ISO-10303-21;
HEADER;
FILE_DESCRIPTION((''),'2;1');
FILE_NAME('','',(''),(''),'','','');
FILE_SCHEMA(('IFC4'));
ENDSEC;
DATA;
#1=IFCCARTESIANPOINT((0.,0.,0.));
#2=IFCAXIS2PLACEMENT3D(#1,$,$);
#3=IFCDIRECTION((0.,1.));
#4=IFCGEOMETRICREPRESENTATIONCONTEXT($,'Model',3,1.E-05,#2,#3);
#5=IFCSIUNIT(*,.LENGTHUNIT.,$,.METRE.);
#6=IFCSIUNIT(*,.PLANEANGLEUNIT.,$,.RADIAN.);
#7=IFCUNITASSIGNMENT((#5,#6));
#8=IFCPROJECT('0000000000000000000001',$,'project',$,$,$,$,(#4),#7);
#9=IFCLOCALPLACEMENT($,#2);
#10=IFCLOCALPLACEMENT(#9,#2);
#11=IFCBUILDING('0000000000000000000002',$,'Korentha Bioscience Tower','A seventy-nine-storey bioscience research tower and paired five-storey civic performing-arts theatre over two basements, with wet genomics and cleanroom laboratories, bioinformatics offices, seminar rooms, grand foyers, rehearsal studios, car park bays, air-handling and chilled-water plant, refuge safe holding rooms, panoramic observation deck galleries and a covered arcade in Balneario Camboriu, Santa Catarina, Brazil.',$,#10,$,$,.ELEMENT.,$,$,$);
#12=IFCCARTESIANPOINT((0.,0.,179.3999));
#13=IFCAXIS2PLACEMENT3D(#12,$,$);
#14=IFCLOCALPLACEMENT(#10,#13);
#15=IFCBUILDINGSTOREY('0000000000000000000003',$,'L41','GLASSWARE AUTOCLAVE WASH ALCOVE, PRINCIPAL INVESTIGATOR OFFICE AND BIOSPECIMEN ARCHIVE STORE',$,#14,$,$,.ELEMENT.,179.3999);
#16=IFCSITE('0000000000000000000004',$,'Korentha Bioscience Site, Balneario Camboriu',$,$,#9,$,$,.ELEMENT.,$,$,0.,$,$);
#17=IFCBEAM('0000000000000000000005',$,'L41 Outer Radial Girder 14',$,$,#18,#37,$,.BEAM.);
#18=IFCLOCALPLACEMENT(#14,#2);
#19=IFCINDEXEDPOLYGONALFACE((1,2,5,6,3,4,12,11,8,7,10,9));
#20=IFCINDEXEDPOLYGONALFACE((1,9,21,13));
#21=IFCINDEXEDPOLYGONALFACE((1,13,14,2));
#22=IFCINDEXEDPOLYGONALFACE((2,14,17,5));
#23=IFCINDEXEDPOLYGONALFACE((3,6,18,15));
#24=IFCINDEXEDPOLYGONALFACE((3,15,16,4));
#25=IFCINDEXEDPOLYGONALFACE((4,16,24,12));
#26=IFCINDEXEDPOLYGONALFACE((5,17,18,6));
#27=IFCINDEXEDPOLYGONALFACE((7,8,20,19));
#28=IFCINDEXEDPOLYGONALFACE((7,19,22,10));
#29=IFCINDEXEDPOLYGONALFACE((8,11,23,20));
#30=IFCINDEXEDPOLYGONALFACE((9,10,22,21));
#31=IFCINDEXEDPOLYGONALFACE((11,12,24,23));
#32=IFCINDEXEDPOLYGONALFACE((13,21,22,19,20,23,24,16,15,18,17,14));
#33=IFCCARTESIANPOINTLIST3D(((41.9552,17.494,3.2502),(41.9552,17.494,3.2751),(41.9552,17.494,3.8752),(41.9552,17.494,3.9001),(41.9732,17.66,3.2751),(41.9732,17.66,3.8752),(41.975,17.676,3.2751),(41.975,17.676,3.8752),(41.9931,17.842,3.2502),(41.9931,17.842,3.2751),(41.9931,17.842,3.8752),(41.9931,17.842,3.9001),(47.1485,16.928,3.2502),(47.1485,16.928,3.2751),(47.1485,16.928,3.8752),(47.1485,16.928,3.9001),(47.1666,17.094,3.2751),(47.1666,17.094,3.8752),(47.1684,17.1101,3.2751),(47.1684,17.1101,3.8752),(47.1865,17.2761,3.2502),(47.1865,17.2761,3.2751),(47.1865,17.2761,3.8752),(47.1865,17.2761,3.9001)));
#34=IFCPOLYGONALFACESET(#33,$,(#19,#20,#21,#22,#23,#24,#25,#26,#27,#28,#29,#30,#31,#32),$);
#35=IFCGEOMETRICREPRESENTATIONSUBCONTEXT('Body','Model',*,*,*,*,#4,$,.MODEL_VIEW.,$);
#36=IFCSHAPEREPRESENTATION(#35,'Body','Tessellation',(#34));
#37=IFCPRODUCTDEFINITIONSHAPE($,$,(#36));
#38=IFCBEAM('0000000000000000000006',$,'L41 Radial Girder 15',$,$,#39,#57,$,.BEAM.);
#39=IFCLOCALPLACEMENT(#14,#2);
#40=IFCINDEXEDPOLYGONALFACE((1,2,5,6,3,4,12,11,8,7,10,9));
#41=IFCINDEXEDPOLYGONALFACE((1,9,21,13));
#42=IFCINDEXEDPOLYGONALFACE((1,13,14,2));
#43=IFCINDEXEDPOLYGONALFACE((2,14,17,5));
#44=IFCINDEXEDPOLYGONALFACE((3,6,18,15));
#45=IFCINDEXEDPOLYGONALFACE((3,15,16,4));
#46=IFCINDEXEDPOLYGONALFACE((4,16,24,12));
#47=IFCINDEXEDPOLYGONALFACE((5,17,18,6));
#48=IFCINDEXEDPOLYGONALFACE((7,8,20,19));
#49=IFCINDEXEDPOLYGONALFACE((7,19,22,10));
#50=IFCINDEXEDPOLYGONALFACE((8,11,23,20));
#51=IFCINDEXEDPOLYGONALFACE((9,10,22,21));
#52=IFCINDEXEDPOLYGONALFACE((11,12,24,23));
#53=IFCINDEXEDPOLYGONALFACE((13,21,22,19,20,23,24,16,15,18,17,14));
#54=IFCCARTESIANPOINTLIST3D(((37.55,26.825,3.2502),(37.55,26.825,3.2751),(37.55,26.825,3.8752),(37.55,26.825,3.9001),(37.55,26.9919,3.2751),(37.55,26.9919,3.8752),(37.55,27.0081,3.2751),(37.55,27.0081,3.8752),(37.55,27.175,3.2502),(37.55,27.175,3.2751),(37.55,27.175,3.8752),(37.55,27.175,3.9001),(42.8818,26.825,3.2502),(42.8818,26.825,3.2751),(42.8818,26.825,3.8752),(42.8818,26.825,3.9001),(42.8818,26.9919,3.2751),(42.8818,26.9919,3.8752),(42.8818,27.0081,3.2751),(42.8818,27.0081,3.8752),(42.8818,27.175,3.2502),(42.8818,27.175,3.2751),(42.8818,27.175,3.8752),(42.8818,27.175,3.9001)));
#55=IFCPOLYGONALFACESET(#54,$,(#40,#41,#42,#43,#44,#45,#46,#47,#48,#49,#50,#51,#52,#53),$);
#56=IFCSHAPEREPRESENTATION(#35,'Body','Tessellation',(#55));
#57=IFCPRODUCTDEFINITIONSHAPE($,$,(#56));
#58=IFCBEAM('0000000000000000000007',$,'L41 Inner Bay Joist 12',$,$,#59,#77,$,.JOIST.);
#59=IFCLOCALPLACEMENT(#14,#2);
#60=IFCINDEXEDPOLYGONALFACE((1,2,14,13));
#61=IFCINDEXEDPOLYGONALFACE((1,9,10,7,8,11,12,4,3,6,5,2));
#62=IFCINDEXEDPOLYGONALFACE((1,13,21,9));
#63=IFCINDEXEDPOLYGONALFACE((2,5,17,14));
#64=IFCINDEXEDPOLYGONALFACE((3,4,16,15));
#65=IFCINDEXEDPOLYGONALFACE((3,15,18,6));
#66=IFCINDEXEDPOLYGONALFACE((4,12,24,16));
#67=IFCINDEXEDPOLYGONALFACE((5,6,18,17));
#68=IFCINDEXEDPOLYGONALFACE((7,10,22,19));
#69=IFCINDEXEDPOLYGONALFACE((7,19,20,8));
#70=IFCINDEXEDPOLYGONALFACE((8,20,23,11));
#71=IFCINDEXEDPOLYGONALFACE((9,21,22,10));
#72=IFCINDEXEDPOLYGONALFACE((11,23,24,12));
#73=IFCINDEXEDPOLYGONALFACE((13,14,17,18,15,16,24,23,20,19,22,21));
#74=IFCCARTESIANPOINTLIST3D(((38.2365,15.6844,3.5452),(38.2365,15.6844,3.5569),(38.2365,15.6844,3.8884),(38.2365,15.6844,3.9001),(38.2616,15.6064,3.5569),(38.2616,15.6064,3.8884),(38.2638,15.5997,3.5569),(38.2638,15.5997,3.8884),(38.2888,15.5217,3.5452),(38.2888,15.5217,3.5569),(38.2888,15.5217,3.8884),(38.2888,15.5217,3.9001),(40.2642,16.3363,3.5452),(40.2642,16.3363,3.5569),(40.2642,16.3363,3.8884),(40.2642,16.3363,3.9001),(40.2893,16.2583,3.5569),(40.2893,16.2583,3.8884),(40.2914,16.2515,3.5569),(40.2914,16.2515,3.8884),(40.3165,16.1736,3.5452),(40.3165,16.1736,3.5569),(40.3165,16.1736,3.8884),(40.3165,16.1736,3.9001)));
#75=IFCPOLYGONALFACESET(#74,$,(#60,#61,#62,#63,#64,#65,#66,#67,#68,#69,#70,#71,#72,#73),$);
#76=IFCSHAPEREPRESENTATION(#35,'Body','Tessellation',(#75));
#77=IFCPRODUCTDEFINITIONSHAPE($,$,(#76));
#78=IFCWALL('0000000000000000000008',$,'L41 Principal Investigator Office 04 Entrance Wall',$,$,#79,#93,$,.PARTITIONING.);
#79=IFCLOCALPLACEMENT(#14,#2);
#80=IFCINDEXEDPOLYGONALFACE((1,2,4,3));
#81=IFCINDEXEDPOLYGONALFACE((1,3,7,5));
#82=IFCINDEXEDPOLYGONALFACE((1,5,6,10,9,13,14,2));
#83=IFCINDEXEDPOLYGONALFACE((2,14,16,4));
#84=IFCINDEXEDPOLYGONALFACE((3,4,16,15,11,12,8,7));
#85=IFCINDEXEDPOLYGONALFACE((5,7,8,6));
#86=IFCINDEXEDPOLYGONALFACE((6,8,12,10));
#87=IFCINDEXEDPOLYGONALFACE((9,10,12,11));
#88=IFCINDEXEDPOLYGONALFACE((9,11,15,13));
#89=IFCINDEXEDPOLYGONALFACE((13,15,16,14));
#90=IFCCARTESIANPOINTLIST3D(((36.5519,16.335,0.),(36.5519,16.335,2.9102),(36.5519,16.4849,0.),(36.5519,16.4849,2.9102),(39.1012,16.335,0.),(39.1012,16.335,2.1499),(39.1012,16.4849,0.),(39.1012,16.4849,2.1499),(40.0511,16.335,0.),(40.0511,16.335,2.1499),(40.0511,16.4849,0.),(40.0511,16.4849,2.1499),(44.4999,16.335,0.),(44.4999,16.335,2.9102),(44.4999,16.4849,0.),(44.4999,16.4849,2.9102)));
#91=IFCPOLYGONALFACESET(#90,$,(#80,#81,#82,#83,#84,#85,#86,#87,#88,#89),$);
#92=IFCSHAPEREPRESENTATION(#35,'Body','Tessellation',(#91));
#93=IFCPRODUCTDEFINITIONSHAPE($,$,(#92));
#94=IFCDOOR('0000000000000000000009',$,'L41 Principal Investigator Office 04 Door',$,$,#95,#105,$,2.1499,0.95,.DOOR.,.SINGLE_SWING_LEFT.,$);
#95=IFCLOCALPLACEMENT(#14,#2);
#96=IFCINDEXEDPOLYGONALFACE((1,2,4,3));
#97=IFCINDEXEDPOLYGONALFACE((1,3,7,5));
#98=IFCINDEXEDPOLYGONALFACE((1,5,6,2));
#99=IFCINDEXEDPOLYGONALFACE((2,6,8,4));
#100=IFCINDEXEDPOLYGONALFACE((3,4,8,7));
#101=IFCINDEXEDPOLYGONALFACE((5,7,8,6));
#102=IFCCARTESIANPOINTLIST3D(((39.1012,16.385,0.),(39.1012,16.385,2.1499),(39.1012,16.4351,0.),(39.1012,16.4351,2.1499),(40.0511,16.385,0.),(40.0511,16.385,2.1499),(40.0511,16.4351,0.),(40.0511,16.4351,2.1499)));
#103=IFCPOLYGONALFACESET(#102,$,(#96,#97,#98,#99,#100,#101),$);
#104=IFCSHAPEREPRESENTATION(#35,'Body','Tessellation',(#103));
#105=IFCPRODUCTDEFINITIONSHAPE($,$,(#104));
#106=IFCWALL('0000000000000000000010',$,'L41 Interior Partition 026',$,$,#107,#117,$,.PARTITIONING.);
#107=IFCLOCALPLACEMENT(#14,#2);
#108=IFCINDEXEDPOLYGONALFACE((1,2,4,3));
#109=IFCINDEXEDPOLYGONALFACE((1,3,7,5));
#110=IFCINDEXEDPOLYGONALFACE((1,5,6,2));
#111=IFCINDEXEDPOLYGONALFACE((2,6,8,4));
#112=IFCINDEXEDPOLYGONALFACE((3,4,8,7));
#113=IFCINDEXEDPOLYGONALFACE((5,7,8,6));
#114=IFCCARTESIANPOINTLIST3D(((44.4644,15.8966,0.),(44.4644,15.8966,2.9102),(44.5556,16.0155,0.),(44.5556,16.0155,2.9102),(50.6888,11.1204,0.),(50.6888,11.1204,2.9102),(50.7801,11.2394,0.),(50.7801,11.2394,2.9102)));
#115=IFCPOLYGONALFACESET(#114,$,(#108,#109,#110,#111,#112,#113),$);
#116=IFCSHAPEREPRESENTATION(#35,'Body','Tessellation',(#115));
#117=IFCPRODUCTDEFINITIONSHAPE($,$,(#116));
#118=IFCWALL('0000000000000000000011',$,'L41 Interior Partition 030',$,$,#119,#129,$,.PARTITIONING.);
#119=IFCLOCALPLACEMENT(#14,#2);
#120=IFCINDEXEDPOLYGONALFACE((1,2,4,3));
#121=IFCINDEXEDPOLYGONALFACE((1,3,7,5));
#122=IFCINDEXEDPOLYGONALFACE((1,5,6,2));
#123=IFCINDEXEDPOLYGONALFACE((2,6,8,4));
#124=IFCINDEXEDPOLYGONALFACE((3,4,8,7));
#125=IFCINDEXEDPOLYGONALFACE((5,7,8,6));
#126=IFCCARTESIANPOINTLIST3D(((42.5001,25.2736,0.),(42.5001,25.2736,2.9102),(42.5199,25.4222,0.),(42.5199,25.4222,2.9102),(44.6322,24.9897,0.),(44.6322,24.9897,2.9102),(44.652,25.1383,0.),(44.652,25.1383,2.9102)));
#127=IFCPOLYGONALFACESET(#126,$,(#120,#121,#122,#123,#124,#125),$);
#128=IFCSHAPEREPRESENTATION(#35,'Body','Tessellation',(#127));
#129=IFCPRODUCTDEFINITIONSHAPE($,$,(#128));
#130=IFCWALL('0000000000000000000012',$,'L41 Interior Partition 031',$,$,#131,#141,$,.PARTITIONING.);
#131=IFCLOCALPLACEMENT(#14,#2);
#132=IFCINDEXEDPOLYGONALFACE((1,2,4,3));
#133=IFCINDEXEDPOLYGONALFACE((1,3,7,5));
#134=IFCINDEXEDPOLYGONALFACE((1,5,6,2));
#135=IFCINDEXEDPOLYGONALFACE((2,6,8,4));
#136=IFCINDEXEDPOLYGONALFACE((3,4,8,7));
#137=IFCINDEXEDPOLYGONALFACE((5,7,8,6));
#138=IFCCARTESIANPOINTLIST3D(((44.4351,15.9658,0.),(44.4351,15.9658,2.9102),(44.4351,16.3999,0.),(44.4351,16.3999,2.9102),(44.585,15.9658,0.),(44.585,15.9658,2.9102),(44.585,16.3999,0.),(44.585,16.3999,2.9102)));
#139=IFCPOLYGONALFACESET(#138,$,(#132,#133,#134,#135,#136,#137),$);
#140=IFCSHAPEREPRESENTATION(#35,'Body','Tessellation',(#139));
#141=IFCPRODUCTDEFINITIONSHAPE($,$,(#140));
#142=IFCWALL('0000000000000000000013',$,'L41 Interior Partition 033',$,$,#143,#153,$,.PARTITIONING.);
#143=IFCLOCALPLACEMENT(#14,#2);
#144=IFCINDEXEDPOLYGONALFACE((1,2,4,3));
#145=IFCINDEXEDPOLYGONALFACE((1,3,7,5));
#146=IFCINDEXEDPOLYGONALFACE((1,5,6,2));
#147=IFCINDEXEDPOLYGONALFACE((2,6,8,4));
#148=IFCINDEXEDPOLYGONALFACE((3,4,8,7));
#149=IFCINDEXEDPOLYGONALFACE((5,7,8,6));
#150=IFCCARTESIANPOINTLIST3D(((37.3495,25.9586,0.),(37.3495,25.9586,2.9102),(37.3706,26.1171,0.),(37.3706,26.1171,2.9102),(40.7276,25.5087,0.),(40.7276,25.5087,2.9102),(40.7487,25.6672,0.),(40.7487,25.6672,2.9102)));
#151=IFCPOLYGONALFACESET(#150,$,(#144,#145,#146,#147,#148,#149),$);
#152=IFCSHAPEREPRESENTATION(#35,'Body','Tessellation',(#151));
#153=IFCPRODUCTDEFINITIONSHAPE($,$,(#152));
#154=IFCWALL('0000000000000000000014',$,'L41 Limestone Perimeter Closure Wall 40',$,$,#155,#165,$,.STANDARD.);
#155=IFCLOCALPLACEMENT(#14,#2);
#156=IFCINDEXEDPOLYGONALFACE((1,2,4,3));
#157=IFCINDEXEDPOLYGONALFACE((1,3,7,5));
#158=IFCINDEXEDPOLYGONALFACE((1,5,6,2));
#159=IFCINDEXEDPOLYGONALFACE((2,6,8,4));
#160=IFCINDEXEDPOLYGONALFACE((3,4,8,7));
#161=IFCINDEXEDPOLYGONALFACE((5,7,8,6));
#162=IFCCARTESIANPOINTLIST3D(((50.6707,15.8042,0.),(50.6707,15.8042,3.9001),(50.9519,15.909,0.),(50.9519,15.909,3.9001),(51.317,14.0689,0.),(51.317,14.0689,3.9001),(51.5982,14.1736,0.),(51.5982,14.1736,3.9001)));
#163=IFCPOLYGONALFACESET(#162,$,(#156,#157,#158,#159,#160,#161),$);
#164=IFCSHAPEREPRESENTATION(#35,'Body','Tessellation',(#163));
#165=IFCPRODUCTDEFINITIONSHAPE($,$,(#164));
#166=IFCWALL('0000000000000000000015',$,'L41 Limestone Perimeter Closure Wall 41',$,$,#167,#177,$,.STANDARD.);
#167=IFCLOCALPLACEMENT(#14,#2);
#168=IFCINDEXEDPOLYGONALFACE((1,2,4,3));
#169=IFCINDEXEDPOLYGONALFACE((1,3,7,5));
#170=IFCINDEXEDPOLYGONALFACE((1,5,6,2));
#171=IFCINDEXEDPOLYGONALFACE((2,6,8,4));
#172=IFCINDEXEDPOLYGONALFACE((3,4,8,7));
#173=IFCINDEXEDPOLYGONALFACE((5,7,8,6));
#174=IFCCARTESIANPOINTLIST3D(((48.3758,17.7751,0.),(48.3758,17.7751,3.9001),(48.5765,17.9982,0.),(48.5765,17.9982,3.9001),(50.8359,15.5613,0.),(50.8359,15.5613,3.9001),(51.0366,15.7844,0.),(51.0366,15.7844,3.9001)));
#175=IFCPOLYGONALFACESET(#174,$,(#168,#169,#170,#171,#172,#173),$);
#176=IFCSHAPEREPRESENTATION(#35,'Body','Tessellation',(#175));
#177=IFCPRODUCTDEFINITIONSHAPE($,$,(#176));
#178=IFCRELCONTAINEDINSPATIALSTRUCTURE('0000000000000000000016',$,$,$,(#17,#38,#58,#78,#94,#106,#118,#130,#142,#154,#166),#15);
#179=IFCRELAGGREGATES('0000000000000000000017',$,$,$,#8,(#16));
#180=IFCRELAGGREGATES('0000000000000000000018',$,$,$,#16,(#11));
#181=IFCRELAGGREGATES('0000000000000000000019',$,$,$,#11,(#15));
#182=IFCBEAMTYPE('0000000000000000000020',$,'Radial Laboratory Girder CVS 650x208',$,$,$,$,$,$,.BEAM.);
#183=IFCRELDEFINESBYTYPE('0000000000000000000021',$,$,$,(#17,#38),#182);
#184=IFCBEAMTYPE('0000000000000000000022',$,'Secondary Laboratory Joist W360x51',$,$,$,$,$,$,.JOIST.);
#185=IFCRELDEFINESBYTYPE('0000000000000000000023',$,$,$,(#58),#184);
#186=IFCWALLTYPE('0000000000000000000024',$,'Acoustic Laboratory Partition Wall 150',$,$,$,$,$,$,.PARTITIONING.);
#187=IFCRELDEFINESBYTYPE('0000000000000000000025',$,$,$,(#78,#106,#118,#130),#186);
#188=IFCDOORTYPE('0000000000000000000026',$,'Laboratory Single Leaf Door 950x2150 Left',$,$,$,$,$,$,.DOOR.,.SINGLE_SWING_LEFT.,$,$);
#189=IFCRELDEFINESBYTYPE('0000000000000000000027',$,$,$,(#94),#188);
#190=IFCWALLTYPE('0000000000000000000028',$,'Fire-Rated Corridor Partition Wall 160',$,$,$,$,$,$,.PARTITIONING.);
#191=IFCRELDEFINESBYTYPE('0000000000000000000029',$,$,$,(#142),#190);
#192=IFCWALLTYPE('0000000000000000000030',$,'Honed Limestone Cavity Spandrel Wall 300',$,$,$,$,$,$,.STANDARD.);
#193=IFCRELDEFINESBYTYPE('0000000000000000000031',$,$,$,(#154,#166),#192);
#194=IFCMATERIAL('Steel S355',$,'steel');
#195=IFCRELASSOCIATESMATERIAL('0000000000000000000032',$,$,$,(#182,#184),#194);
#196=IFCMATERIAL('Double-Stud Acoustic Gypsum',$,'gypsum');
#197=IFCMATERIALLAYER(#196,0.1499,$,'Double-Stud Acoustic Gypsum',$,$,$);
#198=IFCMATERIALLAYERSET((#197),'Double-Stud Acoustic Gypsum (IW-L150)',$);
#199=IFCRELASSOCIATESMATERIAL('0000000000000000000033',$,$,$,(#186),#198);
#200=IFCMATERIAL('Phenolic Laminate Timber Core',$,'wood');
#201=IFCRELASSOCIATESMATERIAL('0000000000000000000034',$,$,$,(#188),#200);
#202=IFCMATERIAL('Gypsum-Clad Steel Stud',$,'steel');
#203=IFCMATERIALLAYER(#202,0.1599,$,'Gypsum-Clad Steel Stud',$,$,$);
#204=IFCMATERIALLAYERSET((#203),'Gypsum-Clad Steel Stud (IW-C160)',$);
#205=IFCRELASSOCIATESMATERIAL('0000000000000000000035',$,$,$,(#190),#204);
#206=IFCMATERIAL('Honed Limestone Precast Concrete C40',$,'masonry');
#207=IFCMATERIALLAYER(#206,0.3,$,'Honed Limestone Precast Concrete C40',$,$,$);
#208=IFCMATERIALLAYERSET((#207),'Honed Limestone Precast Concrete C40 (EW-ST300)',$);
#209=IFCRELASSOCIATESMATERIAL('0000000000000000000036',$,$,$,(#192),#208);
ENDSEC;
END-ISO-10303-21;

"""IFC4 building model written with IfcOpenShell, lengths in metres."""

from ifc_helpers import new_model, si_unit, direction, frame, frame_2d, origin, origin_2d, place, context, subcontext, project, spatial, rectangle, i_section, extrude, material, layer, layer_set, material_profile, profile_set, type_object, element, fill, save


model = new_model("IFC4")

# Units and contexts
model_context = context("Model", 3, precision=1e-05, world=origin(), true_north=direction((0.0, 1.0)))
body_context = subcontext(model_context, "Body", "Model", "MODEL_VIEW")
ifc_project = project(units=[si_unit("LENGTHUNIT", "METRE"), si_unit("PLANEANGLEUNIT", "RADIAN")], contexts=[model_context])

# Site, building, storey
site_placement = place(None, origin())
site = spatial("IfcSite", under=ifc_project, at=site_placement, Name="Korentha Bioscience Site, Balneario Camboriu", CompositionType="ELEMENT", RefElevation=0.0)
building_placement = place(site_placement, origin())
building = spatial("IfcBuilding", under=site, at=building_placement, Name="Korentha Bioscience Tower", Description="A seventy-nine-storey bioscience research tower and paired five-storey civic performing-arts theatre over two basements, with wet genomics and cleanroom laboratories, bioinformatics offices, seminar rooms, grand foyers, rehearsal studios, car park bays, air-handling and chilled-water plant, refuge safe holding rooms, panoramic observation deck galleries and a covered arcade in Balneario Camboriu, Santa Catarina, Brazil.", CompositionType="ELEMENT")
storey_placement = place(building_placement, frame((0.0, 0.0, 179.3999)))
storey = spatial("IfcBuildingStorey", under=building, at=storey_placement, Name="L41", Description="GLASSWARE AUTOCLAVE WASH ALCOVE, PRINCIPAL INVESTIGATOR OFFICE AND BIOSPECIMEN ARCHIVE STORE", CompositionType="ELEMENT", Elevation=179.3999)

# Beams
ifc_material_1 = material(Name="Steel S355", Category="steel")
ifc_material_profile_1 = material_profile(ifc_material_1, i_section(OverallWidth=0.3501, OverallDepth=0.6499, WebThickness=0.0161, FlangeThickness=0.0249, at=origin_2d()), Name="Steel S355")
ifc_profile_set_1 = profile_set([ifc_material_profile_1], Name="Steel S355 (RB-650)")
beam_type_1 = type_object("IfcBeamType", Name="Radial Laboratory Girder CVS 650x208", PredefinedType="BEAM", material=ifc_profile_set_1)
beam_1_placement = place(storey_placement, frame((41.9741, 17.668, 3.5752), z_axis=(0.994115, -0.108328, 0.0), x_axis=(0.108328, 0.994115, 0.0)))
element("IfcBeam", 1, at=beam_1_placement, inside=storey, type_object=beam_type_1, Name="L41 Outer Radial Girder 14", PredefinedType="BEAM", context=body_context, shape_type="SweptSolid", body=[
    extrude(i_section(OverallWidth=0.3501, OverallDepth=0.6499, WebThickness=0.0161, FlangeThickness=0.0249, at=origin_2d()), origin(), (0.0, 0.0, 1.0), 5.2241),
])
beam_2_placement = place(storey_placement, frame((37.55, 27.0, 3.5752), z_axis=(1.0, 0.0, 0.0), x_axis=(0.0, 1.0, 0.0)))
element("IfcBeam", 2, at=beam_2_placement, inside=storey, type_object=beam_type_1, Name="L41 Radial Girder 15", PredefinedType="BEAM", context=body_context, shape_type="SweptSolid", body=[
    extrude(i_section(OverallWidth=0.3501, OverallDepth=0.6499, WebThickness=0.0161, FlangeThickness=0.0249, at=origin_2d()), origin(), (0.0, 0.0, 1.0), 5.3318),
])
ifc_material_profile_2 = material_profile(ifc_material_1, i_section(OverallWidth=0.1709, OverallDepth=0.355, WebThickness=0.0071, FlangeThickness=0.0117, at=origin_2d()), Name="Steel S355")
ifc_profile_set_2 = profile_set([ifc_material_profile_2], Name="Steel S355 (JB-360)")
beam_type_2 = type_object("IfcBeamType", Name="Secondary Laboratory Joist W360x51", PredefinedType="JOIST", material=ifc_profile_set_2)
beam_3_placement = place(storey_placement, frame((38.2627, 15.603, 3.7227), z_axis=(0.952011, 0.306065, 0.0), x_axis=(-0.306065, 0.952011, 0.0)))
element("IfcBeam", 3, at=beam_3_placement, inside=storey, type_object=beam_type_2, Name="L41 Inner Bay Joist 12", PredefinedType="JOIST", context=body_context, shape_type="SweptSolid", body=[
    extrude(i_section(OverallWidth=0.1709, OverallDepth=0.355, WebThickness=0.0071, FlangeThickness=0.0117, at=origin_2d()), origin(), (0.0, 0.0, 1.0), 2.1299),
])

# Wall, opening, door
ifc_material_2 = material(Name="Double-Stud Acoustic Gypsum", Category="gypsum")
ifc_layer_1 = layer(ifc_material_2, 0.1499, Name="Double-Stud Acoustic Gypsum")
ifc_layer_set_1 = layer_set([ifc_layer_1], Name="Double-Stud Acoustic Gypsum (IW-L150)")
wall_type_1 = type_object("IfcWallType", Name="Acoustic Laboratory Partition Wall 150", PredefinedType="PARTITIONING", material=ifc_layer_set_1)
wall_1_placement = place(storey_placement, frame((44.5, 16.4099, 0.0), z_axis=(0.0, 0.0, 1.0), x_axis=(-1.0, 0.0, 0.0)))
wall_1 = element("IfcWall", 4, at=wall_1_placement, inside=storey, type_object=wall_type_1, Name="L41 Principal Investigator Office 04 Entrance Wall", PredefinedType="PARTITIONING", context=body_context, shape_type="SweptSolid", body=[
    extrude(rectangle(XDim=7.948, YDim=0.1499, at=frame_2d((3.9741, 0.0))), origin(), (0.0, 0.0, 1.0), 2.9102),
])
opening_placement = place(wall_1_placement, frame((4.4487, 0.0, 0.0)))
opening = element("IfcOpeningElement", 5, at=opening_placement, cuts=wall_1, PredefinedType="OPENING", context=body_context, shape_type="SweptSolid", body=[
    extrude(rectangle(XDim=0.95, YDim=2.1499, at=frame_2d((0.4751, 1.075))), frame((0.0, 0.0898, 0.0), z_axis=(0.0, -1.0, 0.0), x_axis=(1.0, 0.0, 0.0)), (0.0, 0.0, 1.0), 0.1797),
])
ifc_material_3 = material(Name="Phenolic Laminate Timber Core", Category="wood")
door_type = type_object("IfcDoorType", Name="Laboratory Single Leaf Door 950x2150 Left", OperationType="SINGLE_SWING_LEFT", PredefinedType="DOOR", material=ifc_material_3)
door_placement = place(opening_placement, origin())
door = element("IfcDoor", 6, at=door_placement, inside=storey, type_object=door_type, Name="L41 Principal Investigator Office 04 Door", OperationType="SINGLE_SWING_LEFT", OverallHeight=2.1499, OverallWidth=0.95, PredefinedType="DOOR", context=body_context, shape_type="SweptSolid", body=[
    extrude(rectangle(XDim=0.95, YDim=2.1499, at=frame_2d((0.4751, 1.075))), frame((0.0, 0.0249, 0.0), z_axis=(0.0, -1.0, 0.0), x_axis=(1.0, 0.0, 0.0)), (0.0, 0.0, 1.0), 0.05),
])
fill(opening, door)

# Walls
wall_2_placement = place(storey_placement, frame((44.51, 15.9561, 0.0), z_axis=(0.0, 0.0, 1.0), x_axis=(0.793353, -0.608761, 0.0)))
element("IfcWall", 7, at=wall_2_placement, inside=storey, type_object=wall_type_1, Name="L41 Interior Partition 026", PredefinedType="PARTITIONING", context=body_context, shape_type="SweptSolid", body=[
    extrude(rectangle(XDim=7.8457, YDim=0.1499, at=frame_2d((3.9229, 0.0))), origin(), (0.0, 0.0, 1.0), 2.9102),
])
wall_3_placement = place(storey_placement, frame((42.51, 25.3479, 0.0), z_axis=(0.0, 0.0, 1.0), x_axis=(0.991249, -0.132008, 0.0)))
element("IfcWall", 8, at=wall_3_placement, inside=storey, type_object=wall_type_1, Name="L41 Interior Partition 030", PredefinedType="PARTITIONING", context=body_context, shape_type="SweptSolid", body=[
    extrude(rectangle(XDim=2.1509, YDim=0.1499, at=frame_2d((1.0754, 0.0))), origin(), (0.0, 0.0, 1.0), 2.9102),
])
wall_4_placement = place(storey_placement, frame((44.51, 15.9658, 0.0), z_axis=(0.0, 0.0, 1.0), x_axis=(0.0, 1.0, 0.0)))
element("IfcWall", 9, at=wall_4_placement, inside=storey, type_object=wall_type_1, Name="L41 Interior Partition 031", PredefinedType="PARTITIONING", context=body_context, shape_type="SweptSolid", body=[
    extrude(rectangle(XDim=0.4341, YDim=0.1499, at=frame_2d((0.217, 0.0))), origin(), (0.0, 0.0, 1.0), 2.9102),
])
ifc_material_4 = material(Name="Gypsum-Clad Steel Stud", Category="steel")
ifc_layer_2 = layer(ifc_material_4, 0.1599, Name="Gypsum-Clad Steel Stud")
ifc_layer_set_2 = layer_set([ifc_layer_2], Name="Gypsum-Clad Steel Stud (IW-C160)")
wall_type_2 = type_object("IfcWallType", Name="Fire-Rated Corridor Partition Wall 160", PredefinedType="PARTITIONING", material=ifc_layer_set_2)
wall_5_placement = place(storey_placement, frame((40.7383, 25.5879, 0.0), z_axis=(0.0, 0.0, 1.0), x_axis=(-0.991246, 0.132028, 0.0)))
element("IfcWall", 10, at=wall_5_placement, inside=storey, type_object=wall_type_2, Name="L41 Interior Partition 033", PredefinedType="PARTITIONING", context=body_context, shape_type="SweptSolid", body=[
    extrude(rectangle(XDim=3.408, YDim=0.1599, at=frame_2d((1.7041, 0.0))), origin(), (0.0, 0.0, 1.0), 2.9102),
])
ifc_material_5 = material(Name="Honed Limestone Precast Concrete C40", Category="masonry")
ifc_layer_3 = layer(ifc_material_5, 0.3, Name="Honed Limestone Precast Concrete C40")
ifc_layer_set_3 = layer_set([ifc_layer_3], Name="Honed Limestone Precast Concrete C40 (EW-ST300)")
wall_type_3 = type_object("IfcWallType", Name="Honed Limestone Cavity Spandrel Wall 300", PredefinedType="STANDARD", material=ifc_layer_set_3)
wall_6_placement = place(storey_placement, frame((51.4575, 14.1213, 0.0), z_axis=(0.0, 0.0, 1.0), x_axis=(-0.348984, 0.937129, 0.0)))
element("IfcWall", 11, at=wall_6_placement, inside=storey, type_object=wall_type_3, Name="L41 Limestone Perimeter Closure Wall 40", PredefinedType="STANDARD", context=body_context, shape_type="SweptSolid", body=[
    extrude(rectangle(XDim=1.8518, YDim=0.3, at=frame_2d((0.9258, 0.0))), origin(), (0.0, 0.0, 1.0), 3.9001),
])
wall_7_placement = place(storey_placement, frame((50.9363, 15.6729, 0.0), z_axis=(0.0, 0.0, 1.0), x_axis=(-0.743342, 0.668912, 0.0)))
element("IfcWall", 12, at=wall_7_placement, inside=storey, type_object=wall_type_3, Name="L41 Limestone Perimeter Closure Wall 41", PredefinedType="STANDARD", context=body_context, shape_type="SweptSolid", body=[
    extrude(rectangle(XDim=3.3096, YDim=0.3, at=frame_2d((1.6548, 0.0))), origin(), (0.0, 0.0, 1.0), 3.9001),
])

save(model, "model.ifc")
